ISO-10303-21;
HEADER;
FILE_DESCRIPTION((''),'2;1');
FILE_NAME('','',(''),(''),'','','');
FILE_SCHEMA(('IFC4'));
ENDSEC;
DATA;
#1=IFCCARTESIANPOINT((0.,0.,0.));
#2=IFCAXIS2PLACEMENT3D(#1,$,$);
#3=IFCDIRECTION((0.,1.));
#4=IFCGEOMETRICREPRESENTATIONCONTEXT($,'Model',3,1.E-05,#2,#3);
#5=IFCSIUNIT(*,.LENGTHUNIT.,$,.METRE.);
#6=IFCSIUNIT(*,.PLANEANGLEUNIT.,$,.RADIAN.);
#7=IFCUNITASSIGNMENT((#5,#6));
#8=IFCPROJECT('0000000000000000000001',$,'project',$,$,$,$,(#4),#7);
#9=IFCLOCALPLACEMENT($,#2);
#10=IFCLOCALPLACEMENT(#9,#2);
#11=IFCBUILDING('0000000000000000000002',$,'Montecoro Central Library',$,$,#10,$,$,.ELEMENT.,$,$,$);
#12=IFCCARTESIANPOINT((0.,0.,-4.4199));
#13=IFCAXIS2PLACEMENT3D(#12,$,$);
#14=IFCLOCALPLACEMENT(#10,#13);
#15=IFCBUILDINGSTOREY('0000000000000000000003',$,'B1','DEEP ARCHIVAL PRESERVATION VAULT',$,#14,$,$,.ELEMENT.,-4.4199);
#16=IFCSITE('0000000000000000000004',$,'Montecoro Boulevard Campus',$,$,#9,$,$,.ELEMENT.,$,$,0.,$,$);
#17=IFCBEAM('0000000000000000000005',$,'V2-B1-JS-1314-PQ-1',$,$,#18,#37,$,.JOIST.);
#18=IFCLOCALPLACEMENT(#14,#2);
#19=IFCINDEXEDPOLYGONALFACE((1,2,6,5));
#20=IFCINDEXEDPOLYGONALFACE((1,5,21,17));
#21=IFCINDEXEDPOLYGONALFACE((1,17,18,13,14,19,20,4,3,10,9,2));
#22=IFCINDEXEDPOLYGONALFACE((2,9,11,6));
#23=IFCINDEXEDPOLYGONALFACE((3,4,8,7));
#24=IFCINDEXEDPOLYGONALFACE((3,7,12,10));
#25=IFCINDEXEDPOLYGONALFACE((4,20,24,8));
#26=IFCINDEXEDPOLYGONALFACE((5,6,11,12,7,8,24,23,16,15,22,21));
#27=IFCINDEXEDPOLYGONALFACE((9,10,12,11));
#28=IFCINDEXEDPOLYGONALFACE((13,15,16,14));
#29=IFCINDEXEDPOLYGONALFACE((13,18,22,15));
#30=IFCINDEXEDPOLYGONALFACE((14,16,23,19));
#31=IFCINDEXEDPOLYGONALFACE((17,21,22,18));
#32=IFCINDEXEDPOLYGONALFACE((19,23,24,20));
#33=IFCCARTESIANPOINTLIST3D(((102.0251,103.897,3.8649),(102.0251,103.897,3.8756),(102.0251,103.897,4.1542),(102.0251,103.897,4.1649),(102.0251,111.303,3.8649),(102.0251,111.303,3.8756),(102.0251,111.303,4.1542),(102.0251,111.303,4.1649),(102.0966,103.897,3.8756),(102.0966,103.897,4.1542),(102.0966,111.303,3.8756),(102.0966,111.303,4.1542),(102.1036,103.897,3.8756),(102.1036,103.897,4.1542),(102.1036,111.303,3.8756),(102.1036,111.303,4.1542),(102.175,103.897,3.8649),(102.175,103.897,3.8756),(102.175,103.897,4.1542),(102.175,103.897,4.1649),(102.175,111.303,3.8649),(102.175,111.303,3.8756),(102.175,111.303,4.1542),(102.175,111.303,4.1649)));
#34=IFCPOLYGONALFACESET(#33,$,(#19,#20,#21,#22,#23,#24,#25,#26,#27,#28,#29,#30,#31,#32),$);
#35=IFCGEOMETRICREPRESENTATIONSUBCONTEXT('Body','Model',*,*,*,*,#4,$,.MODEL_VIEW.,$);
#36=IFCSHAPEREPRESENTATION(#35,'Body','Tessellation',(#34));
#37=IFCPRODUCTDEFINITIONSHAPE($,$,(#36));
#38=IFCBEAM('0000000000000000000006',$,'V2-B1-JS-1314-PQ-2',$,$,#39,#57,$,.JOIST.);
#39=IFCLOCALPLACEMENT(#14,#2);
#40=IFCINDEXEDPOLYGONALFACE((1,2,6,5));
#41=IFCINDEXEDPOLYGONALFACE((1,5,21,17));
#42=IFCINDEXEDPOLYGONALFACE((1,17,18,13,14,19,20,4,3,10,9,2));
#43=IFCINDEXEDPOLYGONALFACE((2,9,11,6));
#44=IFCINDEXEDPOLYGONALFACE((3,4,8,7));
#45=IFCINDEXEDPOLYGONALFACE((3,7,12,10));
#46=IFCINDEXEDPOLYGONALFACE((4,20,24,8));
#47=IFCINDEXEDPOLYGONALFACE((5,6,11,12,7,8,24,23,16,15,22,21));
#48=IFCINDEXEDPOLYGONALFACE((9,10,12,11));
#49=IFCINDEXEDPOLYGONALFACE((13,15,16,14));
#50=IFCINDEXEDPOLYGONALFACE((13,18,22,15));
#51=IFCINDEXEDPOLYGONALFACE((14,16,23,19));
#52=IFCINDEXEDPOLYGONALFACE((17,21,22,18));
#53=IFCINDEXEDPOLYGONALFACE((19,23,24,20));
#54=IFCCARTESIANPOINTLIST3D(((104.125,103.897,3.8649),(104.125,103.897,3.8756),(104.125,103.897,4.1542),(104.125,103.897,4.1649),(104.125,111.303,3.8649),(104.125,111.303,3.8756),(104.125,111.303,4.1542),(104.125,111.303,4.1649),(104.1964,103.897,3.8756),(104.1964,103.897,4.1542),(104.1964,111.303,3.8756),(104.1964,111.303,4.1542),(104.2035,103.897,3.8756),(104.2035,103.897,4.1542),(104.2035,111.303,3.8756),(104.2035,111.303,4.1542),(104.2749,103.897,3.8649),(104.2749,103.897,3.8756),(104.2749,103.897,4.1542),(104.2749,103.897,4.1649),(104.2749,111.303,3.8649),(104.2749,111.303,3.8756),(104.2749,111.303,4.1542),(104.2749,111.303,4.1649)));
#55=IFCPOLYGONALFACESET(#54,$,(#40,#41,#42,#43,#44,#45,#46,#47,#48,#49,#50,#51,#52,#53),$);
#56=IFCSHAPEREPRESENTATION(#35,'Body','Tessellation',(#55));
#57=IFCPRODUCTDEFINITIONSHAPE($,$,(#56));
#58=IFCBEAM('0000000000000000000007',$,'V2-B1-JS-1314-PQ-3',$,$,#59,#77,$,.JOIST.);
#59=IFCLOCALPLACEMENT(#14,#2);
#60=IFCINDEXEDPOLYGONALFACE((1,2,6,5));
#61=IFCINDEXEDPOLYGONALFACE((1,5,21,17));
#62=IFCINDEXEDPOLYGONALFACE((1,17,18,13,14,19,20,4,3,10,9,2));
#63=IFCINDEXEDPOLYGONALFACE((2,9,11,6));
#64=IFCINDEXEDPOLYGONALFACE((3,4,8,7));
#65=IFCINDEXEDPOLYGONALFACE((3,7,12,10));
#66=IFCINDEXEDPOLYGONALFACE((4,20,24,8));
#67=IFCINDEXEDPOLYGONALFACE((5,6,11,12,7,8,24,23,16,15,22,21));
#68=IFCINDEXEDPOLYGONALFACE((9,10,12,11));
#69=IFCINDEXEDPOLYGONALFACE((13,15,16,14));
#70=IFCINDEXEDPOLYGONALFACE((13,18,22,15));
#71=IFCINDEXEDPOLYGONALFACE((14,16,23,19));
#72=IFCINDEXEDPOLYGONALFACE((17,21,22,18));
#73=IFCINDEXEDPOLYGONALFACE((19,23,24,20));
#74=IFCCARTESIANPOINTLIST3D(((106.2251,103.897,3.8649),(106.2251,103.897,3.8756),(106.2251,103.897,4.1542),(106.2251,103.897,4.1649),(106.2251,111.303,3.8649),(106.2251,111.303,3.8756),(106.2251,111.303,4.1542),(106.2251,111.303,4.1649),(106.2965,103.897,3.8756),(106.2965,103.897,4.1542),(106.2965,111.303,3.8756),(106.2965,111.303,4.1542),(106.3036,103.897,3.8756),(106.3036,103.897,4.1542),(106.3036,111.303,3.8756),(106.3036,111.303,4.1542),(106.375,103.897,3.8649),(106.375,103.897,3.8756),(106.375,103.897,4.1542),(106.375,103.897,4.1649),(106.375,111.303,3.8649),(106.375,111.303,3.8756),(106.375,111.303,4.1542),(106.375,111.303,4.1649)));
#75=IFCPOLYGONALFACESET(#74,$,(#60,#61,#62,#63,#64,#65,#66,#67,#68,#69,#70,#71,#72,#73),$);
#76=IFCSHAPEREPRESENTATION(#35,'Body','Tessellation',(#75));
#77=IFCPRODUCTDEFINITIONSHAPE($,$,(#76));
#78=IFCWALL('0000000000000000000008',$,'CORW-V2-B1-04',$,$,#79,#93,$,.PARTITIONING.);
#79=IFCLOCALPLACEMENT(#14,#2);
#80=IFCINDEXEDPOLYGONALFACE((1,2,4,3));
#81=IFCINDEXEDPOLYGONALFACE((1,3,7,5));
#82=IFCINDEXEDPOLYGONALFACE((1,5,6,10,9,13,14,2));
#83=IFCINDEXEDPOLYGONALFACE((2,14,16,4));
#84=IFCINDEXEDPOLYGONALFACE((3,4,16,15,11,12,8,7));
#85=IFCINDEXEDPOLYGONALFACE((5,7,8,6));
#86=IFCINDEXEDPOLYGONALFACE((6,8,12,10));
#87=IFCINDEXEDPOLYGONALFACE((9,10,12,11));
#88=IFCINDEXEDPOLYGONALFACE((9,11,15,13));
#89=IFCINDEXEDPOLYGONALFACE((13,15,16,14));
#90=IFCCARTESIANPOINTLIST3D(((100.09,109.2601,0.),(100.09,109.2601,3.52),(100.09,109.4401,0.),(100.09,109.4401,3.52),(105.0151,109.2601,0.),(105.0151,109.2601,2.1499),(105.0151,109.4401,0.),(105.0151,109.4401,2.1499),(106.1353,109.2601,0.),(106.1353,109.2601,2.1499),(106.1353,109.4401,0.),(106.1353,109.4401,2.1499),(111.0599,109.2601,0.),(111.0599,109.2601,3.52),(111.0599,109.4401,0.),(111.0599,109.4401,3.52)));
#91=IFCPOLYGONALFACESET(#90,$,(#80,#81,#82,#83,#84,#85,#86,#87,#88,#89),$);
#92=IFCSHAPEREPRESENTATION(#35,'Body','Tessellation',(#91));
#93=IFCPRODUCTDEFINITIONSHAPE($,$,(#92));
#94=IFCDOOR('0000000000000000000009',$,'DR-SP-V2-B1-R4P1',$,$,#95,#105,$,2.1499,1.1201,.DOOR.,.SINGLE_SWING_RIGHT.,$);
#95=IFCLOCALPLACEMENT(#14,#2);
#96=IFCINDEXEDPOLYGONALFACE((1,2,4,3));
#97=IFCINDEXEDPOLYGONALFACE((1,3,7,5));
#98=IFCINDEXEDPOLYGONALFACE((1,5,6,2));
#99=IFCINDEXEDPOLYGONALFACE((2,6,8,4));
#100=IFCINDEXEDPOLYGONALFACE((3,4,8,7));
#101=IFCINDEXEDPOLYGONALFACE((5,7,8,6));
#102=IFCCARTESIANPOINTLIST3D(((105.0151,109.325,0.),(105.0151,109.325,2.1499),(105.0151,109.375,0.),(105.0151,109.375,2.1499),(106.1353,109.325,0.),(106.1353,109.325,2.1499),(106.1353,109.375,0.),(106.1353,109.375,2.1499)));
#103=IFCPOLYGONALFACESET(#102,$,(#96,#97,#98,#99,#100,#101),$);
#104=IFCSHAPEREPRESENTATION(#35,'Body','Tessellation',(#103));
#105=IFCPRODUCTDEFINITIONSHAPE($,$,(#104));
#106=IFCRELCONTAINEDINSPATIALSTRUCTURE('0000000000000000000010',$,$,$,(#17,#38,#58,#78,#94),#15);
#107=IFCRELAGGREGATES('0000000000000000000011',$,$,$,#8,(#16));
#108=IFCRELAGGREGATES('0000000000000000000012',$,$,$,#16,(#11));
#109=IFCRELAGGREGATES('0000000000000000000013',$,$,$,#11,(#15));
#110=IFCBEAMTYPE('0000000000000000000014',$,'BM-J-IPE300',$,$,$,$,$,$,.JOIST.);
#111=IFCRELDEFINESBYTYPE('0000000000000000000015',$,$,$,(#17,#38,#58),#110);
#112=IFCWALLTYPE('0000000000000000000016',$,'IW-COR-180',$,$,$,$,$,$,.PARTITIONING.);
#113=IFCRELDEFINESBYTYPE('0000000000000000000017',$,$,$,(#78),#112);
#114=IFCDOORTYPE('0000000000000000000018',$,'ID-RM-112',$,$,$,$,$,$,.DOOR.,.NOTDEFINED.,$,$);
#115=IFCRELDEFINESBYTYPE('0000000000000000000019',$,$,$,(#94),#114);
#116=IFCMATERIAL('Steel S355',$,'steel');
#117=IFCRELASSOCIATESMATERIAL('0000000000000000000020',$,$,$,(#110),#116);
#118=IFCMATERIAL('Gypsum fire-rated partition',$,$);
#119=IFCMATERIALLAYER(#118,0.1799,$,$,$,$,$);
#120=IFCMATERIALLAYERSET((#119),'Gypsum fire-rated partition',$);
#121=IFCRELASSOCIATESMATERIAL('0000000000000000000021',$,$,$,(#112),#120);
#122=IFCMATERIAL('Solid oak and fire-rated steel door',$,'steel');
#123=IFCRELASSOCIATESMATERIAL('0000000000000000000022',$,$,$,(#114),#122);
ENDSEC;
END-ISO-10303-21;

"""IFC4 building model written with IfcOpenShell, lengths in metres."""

from ifc_helpers import new_model, si_unit, direction, frame, frame_2d, origin, origin_2d, place, context, subcontext, project, spatial, rectangle, i_section, extrude, material, layer, layer_set, material_profile, profile_set, type_object, element, fill, save


model = new_model("IFC4")

# Units and contexts
model_context = context("Model", 3, precision=1e-05, world=origin(), true_north=direction((0.0, 1.0)))
body_context = subcontext(model_context, "Body", "Model", "MODEL_VIEW")
ifc_project = project(units=[si_unit("LENGTHUNIT", "METRE"), si_unit("PLANEANGLEUNIT", "RADIAN")], contexts=[model_context])

# Site, building, storey
site_placement = place(None, origin())
site = spatial("IfcSite", under=ifc_project, at=site_placement, Name="Montecoro Boulevard Campus", CompositionType="ELEMENT", RefElevation=0.0)
building_placement = place(site_placement, origin())
building = spatial("IfcBuilding", under=site, at=building_placement, Name="Montecoro Central Library", CompositionType="ELEMENT")
storey_placement = place(building_placement, frame((0.0, 0.0, -4.4199)))
storey = spatial("IfcBuildingStorey", under=building, at=storey_placement, Name="B1", Description="DEEP ARCHIVAL PRESERVATION VAULT", CompositionType="ELEMENT", Elevation=-4.4199)

# Beams
ifc_material_1 = material(Name="Steel S355", Category="steel")
ifc_material_profile_1 = material_profile(ifc_material_1, i_section(OverallWidth=0.1499, OverallDepth=0.3, WebThickness=0.0071, FlangeThickness=0.0107, at=origin_2d()), Name="IPE 300")
ifc_profile_set_1 = profile_set([ifc_material_profile_1], Name="Steel S355")
beam_type_1 = type_object("IfcBeamType", Name="BM-J-IPE300", PredefinedType="JOIST", material=ifc_profile_set_1)
for number, where, z_axis, x_axis, name in (
    (1, (102.1001, 103.897, 4.0149), (0.0, 1.0, 0.0), (-1.0, 0.0, 0.0), "V2-B1-JS-1314-PQ-1"),
    (2, (104.2, 103.897, 4.0149), (0.0, 1.0, 0.0), (-1.0, 0.0, 0.0), "V2-B1-JS-1314-PQ-2"),
    (3, (106.3, 103.897, 4.0149), (0.0, 1.0, 0.0), (-1.0, 0.0, 0.0), "V2-B1-JS-1314-PQ-3"),
):
    element("IfcBeam", number, at=place(storey_placement, frame(where, z_axis=z_axis, x_axis=x_axis)), inside=storey, type_object=beam_type_1, Name=name, PredefinedType="JOIST", context=body_context, shape_type="SweptSolid", body=[
        extrude(i_section(OverallWidth=0.1499, OverallDepth=0.3, WebThickness=0.0071, FlangeThickness=0.0107, at=origin_2d()), origin(), (0.0, 0.0, 1.0), 7.406),
    ])

# Wall, opening, door
ifc_material_2 = material(Name="Gypsum fire-rated partition")
ifc_layer = layer(ifc_material_2, 0.1799)
ifc_layer_set = layer_set([ifc_layer], Name="Gypsum fire-rated partition")
wall_type = type_object("IfcWallType", Name="IW-COR-180", PredefinedType="PARTITIONING", material=ifc_layer_set)
wall_placement = place(storey_placement, frame((100.0901, 109.3501, 0.0), z_axis=(0.0, 0.0, 1.0), x_axis=(1.0, 0.0, 0.0)))
wall = element("IfcWall", 4, at=wall_placement, inside=storey, type_object=wall_type, Name="CORW-V2-B1-04", PredefinedType="PARTITIONING", context=body_context, shape_type="SweptSolid", body=[
    extrude(rectangle(XDim=10.97, YDim=0.1799, at=frame_2d((5.4849, 0.0))), origin(), (0.0, 0.0, 1.0), 3.52),
])
opening_placement = place(wall_placement, frame((4.925, 0.0, 0.0)))
opening = element("IfcOpeningElement", 5, at=opening_placement, cuts=wall, PredefinedType="OPENING", context=body_context, shape_type="SweptSolid", body=[
    extrude(rectangle(XDim=1.1201, YDim=2.1499, at=frame_2d((0.5601, 1.075))), frame((0.0, 0.0999, 0.0), z_axis=(0.0, -1.0, 0.0), x_axis=(1.0, 0.0, 0.0)), (0.0, 0.0, 1.0), 0.2),
])
ifc_material_3 = material(Name="Solid oak and fire-rated steel door", Category="steel")
door_type = type_object("IfcDoorType", Name="ID-RM-112", OperationType="NOTDEFINED", PredefinedType="DOOR", material=ifc_material_3)
door_placement = place(opening_placement, origin())
door = element("IfcDoor", 6, at=door_placement, inside=storey, type_object=door_type, Name="DR-SP-V2-B1-R4P1", OperationType="SINGLE_SWING_RIGHT", OverallHeight=2.1499, OverallWidth=1.1201, PredefinedType="DOOR", context=body_context, shape_type="SweptSolid", body=[
    extrude(rectangle(XDim=1.1201, YDim=2.1499, at=frame_2d((0.5601, 1.075))), frame((0.0, 0.0249, 0.0), z_axis=(0.0, -1.0, 0.0), x_axis=(1.0, 0.0, 0.0)), (0.0, 0.0, 1.0), 0.05),
])
fill(opening, door)

save(model, "model.ifc")
